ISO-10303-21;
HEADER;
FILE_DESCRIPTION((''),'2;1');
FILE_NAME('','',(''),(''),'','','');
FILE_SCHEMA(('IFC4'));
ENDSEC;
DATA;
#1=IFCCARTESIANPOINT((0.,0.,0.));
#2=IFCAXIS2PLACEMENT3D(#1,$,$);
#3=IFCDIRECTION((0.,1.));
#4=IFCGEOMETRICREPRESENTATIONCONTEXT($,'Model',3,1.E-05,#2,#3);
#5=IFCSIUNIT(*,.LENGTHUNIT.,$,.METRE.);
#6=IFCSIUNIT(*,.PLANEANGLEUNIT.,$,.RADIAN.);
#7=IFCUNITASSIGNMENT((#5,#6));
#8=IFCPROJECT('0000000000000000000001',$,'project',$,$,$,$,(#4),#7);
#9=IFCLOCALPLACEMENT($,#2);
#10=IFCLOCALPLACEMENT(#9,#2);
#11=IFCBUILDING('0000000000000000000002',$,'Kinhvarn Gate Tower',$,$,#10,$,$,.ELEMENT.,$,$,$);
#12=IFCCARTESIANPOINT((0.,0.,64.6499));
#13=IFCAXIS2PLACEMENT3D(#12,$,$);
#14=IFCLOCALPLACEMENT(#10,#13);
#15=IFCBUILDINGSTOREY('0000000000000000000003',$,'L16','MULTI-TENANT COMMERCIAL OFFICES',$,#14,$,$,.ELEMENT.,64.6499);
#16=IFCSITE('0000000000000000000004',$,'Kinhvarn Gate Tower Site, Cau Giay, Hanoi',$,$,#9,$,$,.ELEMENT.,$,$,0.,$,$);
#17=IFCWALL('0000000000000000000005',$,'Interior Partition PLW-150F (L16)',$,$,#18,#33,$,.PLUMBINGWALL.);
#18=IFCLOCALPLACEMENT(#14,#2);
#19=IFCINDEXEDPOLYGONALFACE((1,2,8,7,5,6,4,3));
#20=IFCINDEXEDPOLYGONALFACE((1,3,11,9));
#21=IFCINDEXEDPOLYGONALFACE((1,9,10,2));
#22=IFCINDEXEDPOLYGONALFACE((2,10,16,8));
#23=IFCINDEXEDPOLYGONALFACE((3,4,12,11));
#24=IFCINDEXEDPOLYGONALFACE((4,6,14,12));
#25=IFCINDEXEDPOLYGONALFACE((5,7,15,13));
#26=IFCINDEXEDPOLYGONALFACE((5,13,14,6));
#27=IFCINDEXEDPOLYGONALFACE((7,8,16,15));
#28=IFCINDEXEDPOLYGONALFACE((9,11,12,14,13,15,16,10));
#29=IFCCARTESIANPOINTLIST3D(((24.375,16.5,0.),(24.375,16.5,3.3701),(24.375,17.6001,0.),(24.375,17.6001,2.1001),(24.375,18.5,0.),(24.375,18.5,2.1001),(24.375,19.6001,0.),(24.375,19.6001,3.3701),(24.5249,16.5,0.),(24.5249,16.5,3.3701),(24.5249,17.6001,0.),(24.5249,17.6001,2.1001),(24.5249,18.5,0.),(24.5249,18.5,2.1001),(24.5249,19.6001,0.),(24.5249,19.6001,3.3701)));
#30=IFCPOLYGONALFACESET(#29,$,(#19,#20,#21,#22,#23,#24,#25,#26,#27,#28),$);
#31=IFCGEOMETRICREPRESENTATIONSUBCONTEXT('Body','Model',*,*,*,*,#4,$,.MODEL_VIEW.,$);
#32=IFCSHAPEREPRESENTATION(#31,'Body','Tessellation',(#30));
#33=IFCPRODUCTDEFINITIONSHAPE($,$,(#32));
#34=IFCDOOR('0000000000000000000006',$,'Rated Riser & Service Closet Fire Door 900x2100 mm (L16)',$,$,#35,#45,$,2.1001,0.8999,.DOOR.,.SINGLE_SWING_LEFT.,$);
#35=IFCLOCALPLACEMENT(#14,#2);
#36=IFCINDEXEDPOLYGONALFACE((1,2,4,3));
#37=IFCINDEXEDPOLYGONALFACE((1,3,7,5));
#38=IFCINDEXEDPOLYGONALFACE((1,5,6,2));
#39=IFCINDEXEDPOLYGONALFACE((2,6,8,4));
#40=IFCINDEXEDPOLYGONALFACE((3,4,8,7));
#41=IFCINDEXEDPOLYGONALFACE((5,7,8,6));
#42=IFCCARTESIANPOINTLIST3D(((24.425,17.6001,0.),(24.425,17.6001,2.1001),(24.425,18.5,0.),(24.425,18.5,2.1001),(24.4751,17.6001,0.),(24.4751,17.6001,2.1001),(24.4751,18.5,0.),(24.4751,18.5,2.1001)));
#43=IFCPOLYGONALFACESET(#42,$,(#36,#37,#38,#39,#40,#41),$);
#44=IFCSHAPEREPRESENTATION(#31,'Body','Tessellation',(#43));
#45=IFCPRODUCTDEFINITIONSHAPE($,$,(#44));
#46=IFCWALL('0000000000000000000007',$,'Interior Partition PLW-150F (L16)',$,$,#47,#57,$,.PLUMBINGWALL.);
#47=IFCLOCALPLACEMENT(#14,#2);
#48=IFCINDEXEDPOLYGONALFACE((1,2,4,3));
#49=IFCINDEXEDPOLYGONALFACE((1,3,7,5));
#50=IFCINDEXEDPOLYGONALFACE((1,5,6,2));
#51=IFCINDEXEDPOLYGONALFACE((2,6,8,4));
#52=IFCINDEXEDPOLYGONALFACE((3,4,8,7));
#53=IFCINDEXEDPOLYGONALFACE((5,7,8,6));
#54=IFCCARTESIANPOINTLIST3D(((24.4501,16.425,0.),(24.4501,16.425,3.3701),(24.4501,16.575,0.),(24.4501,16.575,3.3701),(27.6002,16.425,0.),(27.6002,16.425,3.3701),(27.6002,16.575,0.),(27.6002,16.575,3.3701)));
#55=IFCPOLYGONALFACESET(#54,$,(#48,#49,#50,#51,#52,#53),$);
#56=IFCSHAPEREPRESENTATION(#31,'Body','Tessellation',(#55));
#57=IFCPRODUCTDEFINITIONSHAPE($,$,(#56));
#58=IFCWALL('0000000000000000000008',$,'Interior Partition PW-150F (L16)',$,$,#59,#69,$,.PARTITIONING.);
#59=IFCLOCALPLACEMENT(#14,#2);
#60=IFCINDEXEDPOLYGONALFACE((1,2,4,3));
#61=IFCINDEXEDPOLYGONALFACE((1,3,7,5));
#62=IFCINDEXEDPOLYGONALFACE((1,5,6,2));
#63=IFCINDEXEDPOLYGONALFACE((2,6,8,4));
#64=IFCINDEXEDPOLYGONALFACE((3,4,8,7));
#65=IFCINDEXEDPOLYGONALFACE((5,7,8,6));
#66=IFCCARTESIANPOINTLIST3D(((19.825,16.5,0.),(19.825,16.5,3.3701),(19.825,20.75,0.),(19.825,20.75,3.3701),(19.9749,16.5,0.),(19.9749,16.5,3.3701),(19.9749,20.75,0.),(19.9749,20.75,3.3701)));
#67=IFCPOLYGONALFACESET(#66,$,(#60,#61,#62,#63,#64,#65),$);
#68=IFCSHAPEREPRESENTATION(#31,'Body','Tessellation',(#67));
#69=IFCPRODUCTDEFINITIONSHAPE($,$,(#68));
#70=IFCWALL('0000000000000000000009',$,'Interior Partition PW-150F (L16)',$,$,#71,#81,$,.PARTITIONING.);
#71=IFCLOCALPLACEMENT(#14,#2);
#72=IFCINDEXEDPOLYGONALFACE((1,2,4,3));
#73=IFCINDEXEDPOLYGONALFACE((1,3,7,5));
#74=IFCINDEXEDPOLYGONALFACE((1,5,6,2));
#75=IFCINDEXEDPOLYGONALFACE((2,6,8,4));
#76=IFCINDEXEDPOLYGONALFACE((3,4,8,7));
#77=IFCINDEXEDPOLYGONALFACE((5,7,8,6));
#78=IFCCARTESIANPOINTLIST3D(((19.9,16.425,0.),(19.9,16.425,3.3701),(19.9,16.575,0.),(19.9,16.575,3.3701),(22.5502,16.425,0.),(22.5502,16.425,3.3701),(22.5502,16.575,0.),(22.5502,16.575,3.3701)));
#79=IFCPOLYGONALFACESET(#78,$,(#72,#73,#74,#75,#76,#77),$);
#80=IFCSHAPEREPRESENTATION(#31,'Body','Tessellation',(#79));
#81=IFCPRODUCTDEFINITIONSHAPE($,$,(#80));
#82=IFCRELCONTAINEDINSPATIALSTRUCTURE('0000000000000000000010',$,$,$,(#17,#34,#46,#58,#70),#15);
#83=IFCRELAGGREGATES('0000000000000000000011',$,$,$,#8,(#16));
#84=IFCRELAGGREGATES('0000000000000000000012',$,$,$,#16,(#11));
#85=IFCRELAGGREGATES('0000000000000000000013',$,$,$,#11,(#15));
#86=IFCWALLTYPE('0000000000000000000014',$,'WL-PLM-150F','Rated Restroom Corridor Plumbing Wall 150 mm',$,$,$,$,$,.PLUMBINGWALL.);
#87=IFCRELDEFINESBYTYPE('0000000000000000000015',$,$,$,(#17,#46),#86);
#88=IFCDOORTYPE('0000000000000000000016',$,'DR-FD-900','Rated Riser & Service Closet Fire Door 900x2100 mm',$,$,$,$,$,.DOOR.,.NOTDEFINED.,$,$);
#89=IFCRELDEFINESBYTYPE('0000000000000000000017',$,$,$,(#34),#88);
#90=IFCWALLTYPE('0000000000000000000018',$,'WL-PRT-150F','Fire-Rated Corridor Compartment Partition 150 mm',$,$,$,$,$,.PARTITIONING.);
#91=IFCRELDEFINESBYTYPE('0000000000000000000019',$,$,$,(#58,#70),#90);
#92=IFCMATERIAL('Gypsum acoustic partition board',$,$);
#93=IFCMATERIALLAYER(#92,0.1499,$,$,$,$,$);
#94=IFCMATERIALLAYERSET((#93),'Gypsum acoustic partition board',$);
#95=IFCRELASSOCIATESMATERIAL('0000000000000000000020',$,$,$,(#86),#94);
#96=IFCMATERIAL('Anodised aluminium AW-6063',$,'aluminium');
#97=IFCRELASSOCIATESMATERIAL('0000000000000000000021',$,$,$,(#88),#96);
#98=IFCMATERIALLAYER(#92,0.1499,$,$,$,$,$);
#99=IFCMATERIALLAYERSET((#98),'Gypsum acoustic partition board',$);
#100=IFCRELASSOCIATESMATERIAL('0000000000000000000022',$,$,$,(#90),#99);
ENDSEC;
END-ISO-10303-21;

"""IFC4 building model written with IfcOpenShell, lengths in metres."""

from ifc_helpers import new_model, si_unit, direction, frame, frame_2d, origin, place, context, subcontext, project, spatial, rectangle, extrude, material, layer, layer_set, type_object, element, fill, save


model = new_model("IFC4")

# Units and contexts
model_context = context("Model", 3, precision=1e-05, world=origin(), true_north=direction((0.0, 1.0)))
body_context = subcontext(model_context, "Body", "Model", "MODEL_VIEW")
ifc_project = project(units=[si_unit("LENGTHUNIT", "METRE"), si_unit("PLANEANGLEUNIT", "RADIAN")], contexts=[model_context])

# Site, building, storey
site_placement = place(None, origin())
site = spatial("IfcSite", under=ifc_project, at=site_placement, Name="Kinhvarn Gate Tower Site, Cau Giay, Hanoi", CompositionType="ELEMENT", RefElevation=0.0)
building_placement = place(site_placement, origin())
building = spatial("IfcBuilding", under=site, at=building_placement, Name="Kinhvarn Gate Tower", CompositionType="ELEMENT")
storey_placement = place(building_placement, frame((0.0, 0.0, 64.6499)))
storey = spatial("IfcBuildingStorey", under=building, at=storey_placement, Name="L16", Description="MULTI-TENANT COMMERCIAL OFFICES", CompositionType="ELEMENT", Elevation=64.6499)

# Wall, opening, door
ifc_material_1 = material(Name="Gypsum acoustic partition board")
ifc_layer_1 = layer(ifc_material_1, 0.1499)
ifc_layer_set_1 = layer_set([ifc_layer_1], Name="Gypsum acoustic partition board")
wall_type_1 = type_object("IfcWallType", Name="WL-PLM-150F", Description="Rated Restroom Corridor Plumbing Wall 150 mm", PredefinedType="PLUMBINGWALL", material=ifc_layer_set_1)
wall_1_placement = place(storey_placement, frame((24.45, 16.5, 0.0), z_axis=(0.0, 0.0, 1.0), x_axis=(0.0, 1.0, 0.0)))
wall_1 = element("IfcWall", 1, at=wall_1_placement, inside=storey, type_object=wall_type_1, Name="Interior Partition PLW-150F (L16)", PredefinedType="PLUMBINGWALL", context=body_context, shape_type="SweptSolid", body=[
    extrude(rectangle(XDim=3.1001, YDim=0.1499, at=frame_2d((1.55, 0.0))), origin(), (0.0, 0.0, 1.0), 3.3701),
])
opening_1_placement = place(wall_1_placement, frame((1.1001, 0.0, 0.0)))
opening_1 = element("IfcOpeningElement", 2, at=opening_1_placement, cuts=wall_1, PredefinedType="OPENING", context=body_context, shape_type="SweptSolid", body=[
    extrude(rectangle(XDim=0.8999, YDim=2.1001, at=frame_2d((0.45, 1.05))), frame((0.0, 0.085, 0.0), z_axis=(0.0, -1.0, 0.0), x_axis=(1.0, 0.0, 0.0)), (0.0, 0.0, 1.0), 0.1699),
])
ifc_material_2 = material(Name="Anodised aluminium AW-6063", Category="aluminium")
door_type_1 = type_object("IfcDoorType", Name="DR-FD-900", Description="Rated Riser & Service Closet Fire Door 900x2100 mm", OperationType="NOTDEFINED", PredefinedType="DOOR", material=ifc_material_2)
door_1_placement = place(opening_1_placement, origin())
door_1 = element("IfcDoor", 3, at=door_1_placement, inside=storey, type_object=door_type_1, Name="Rated Riser & Service Closet Fire Door 900x2100 mm (L16)", OperationType="SINGLE_SWING_LEFT", OverallHeight=2.1001, OverallWidth=0.8999, PredefinedType="DOOR", context=body_context, shape_type="SweptSolid", body=[
    extrude(rectangle(XDim=0.8999, YDim=2.1001, at=frame_2d((0.45, 1.05))), frame((0.0, 0.0249, 0.0), z_axis=(0.0, -1.0, 0.0), x_axis=(1.0, 0.0, 0.0)), (0.0, 0.0, 1.0), 0.05),
])
fill(opening_1, door_1)

# Wall
wall_2_placement = place(storey_placement, frame((24.45, 16.5, 0.0), z_axis=(0.0, 0.0, 1.0), x_axis=(1.0, 0.0, 0.0)))
element("IfcWall", 4, at=wall_2_placement, inside=storey, type_object=wall_type_1, Name="Interior Partition PLW-150F (L16)", PredefinedType="PLUMBINGWALL", context=body_context, shape_type="SweptSolid", body=[
    extrude(rectangle(XDim=3.1501, YDim=0.1499, at=frame_2d((1.5752, 0.0))), origin(), (0.0, 0.0, 1.0), 3.3701),
])

# Shared definitions
ifc_layer_2 = layer(ifc_material_1, 0.1499)
ifc_layer_set_2 = layer_set([ifc_layer_2], Name="Gypsum acoustic partition board")
wall_type_2 = type_object("IfcWallType", Name="WL-PRT-150F", Description="Fire-Rated Corridor Compartment Partition 150 mm", PredefinedType="PARTITIONING", material=ifc_layer_set_2)

# Walls
wall_3_placement = place(storey_placement, frame((19.8999, 16.5, 0.0), z_axis=(0.0, 0.0, 1.0), x_axis=(0.0, 1.0, 0.0)))
element("IfcWall", 5, at=wall_3_placement, inside=storey, type_object=wall_type_2, Name="Interior Partition PW-150F (L16)", PredefinedType="PARTITIONING", context=body_context, shape_type="SweptSolid", body=[
    extrude(rectangle(XDim=4.25, YDim=0.1499, at=frame_2d((2.125, 0.0))), origin(), (0.0, 0.0, 1.0), 3.3701),
])
wall_4_placement = place(storey_placement, frame((19.8999, 16.5, 0.0), z_axis=(0.0, 0.0, 1.0), x_axis=(1.0, 0.0, 0.0)))
element("IfcWall", 6, at=wall_4_placement, inside=storey, type_object=wall_type_2, Name="Interior Partition PW-150F (L16)", PredefinedType="PARTITIONING", context=body_context, shape_type="SweptSolid", body=[
    extrude(rectangle(XDim=2.6501, YDim=0.1499, at=frame_2d((1.3252, 0.0))), origin(), (0.0, 0.0, 1.0), 3.3701),
])

save(model, "model.ifc")
